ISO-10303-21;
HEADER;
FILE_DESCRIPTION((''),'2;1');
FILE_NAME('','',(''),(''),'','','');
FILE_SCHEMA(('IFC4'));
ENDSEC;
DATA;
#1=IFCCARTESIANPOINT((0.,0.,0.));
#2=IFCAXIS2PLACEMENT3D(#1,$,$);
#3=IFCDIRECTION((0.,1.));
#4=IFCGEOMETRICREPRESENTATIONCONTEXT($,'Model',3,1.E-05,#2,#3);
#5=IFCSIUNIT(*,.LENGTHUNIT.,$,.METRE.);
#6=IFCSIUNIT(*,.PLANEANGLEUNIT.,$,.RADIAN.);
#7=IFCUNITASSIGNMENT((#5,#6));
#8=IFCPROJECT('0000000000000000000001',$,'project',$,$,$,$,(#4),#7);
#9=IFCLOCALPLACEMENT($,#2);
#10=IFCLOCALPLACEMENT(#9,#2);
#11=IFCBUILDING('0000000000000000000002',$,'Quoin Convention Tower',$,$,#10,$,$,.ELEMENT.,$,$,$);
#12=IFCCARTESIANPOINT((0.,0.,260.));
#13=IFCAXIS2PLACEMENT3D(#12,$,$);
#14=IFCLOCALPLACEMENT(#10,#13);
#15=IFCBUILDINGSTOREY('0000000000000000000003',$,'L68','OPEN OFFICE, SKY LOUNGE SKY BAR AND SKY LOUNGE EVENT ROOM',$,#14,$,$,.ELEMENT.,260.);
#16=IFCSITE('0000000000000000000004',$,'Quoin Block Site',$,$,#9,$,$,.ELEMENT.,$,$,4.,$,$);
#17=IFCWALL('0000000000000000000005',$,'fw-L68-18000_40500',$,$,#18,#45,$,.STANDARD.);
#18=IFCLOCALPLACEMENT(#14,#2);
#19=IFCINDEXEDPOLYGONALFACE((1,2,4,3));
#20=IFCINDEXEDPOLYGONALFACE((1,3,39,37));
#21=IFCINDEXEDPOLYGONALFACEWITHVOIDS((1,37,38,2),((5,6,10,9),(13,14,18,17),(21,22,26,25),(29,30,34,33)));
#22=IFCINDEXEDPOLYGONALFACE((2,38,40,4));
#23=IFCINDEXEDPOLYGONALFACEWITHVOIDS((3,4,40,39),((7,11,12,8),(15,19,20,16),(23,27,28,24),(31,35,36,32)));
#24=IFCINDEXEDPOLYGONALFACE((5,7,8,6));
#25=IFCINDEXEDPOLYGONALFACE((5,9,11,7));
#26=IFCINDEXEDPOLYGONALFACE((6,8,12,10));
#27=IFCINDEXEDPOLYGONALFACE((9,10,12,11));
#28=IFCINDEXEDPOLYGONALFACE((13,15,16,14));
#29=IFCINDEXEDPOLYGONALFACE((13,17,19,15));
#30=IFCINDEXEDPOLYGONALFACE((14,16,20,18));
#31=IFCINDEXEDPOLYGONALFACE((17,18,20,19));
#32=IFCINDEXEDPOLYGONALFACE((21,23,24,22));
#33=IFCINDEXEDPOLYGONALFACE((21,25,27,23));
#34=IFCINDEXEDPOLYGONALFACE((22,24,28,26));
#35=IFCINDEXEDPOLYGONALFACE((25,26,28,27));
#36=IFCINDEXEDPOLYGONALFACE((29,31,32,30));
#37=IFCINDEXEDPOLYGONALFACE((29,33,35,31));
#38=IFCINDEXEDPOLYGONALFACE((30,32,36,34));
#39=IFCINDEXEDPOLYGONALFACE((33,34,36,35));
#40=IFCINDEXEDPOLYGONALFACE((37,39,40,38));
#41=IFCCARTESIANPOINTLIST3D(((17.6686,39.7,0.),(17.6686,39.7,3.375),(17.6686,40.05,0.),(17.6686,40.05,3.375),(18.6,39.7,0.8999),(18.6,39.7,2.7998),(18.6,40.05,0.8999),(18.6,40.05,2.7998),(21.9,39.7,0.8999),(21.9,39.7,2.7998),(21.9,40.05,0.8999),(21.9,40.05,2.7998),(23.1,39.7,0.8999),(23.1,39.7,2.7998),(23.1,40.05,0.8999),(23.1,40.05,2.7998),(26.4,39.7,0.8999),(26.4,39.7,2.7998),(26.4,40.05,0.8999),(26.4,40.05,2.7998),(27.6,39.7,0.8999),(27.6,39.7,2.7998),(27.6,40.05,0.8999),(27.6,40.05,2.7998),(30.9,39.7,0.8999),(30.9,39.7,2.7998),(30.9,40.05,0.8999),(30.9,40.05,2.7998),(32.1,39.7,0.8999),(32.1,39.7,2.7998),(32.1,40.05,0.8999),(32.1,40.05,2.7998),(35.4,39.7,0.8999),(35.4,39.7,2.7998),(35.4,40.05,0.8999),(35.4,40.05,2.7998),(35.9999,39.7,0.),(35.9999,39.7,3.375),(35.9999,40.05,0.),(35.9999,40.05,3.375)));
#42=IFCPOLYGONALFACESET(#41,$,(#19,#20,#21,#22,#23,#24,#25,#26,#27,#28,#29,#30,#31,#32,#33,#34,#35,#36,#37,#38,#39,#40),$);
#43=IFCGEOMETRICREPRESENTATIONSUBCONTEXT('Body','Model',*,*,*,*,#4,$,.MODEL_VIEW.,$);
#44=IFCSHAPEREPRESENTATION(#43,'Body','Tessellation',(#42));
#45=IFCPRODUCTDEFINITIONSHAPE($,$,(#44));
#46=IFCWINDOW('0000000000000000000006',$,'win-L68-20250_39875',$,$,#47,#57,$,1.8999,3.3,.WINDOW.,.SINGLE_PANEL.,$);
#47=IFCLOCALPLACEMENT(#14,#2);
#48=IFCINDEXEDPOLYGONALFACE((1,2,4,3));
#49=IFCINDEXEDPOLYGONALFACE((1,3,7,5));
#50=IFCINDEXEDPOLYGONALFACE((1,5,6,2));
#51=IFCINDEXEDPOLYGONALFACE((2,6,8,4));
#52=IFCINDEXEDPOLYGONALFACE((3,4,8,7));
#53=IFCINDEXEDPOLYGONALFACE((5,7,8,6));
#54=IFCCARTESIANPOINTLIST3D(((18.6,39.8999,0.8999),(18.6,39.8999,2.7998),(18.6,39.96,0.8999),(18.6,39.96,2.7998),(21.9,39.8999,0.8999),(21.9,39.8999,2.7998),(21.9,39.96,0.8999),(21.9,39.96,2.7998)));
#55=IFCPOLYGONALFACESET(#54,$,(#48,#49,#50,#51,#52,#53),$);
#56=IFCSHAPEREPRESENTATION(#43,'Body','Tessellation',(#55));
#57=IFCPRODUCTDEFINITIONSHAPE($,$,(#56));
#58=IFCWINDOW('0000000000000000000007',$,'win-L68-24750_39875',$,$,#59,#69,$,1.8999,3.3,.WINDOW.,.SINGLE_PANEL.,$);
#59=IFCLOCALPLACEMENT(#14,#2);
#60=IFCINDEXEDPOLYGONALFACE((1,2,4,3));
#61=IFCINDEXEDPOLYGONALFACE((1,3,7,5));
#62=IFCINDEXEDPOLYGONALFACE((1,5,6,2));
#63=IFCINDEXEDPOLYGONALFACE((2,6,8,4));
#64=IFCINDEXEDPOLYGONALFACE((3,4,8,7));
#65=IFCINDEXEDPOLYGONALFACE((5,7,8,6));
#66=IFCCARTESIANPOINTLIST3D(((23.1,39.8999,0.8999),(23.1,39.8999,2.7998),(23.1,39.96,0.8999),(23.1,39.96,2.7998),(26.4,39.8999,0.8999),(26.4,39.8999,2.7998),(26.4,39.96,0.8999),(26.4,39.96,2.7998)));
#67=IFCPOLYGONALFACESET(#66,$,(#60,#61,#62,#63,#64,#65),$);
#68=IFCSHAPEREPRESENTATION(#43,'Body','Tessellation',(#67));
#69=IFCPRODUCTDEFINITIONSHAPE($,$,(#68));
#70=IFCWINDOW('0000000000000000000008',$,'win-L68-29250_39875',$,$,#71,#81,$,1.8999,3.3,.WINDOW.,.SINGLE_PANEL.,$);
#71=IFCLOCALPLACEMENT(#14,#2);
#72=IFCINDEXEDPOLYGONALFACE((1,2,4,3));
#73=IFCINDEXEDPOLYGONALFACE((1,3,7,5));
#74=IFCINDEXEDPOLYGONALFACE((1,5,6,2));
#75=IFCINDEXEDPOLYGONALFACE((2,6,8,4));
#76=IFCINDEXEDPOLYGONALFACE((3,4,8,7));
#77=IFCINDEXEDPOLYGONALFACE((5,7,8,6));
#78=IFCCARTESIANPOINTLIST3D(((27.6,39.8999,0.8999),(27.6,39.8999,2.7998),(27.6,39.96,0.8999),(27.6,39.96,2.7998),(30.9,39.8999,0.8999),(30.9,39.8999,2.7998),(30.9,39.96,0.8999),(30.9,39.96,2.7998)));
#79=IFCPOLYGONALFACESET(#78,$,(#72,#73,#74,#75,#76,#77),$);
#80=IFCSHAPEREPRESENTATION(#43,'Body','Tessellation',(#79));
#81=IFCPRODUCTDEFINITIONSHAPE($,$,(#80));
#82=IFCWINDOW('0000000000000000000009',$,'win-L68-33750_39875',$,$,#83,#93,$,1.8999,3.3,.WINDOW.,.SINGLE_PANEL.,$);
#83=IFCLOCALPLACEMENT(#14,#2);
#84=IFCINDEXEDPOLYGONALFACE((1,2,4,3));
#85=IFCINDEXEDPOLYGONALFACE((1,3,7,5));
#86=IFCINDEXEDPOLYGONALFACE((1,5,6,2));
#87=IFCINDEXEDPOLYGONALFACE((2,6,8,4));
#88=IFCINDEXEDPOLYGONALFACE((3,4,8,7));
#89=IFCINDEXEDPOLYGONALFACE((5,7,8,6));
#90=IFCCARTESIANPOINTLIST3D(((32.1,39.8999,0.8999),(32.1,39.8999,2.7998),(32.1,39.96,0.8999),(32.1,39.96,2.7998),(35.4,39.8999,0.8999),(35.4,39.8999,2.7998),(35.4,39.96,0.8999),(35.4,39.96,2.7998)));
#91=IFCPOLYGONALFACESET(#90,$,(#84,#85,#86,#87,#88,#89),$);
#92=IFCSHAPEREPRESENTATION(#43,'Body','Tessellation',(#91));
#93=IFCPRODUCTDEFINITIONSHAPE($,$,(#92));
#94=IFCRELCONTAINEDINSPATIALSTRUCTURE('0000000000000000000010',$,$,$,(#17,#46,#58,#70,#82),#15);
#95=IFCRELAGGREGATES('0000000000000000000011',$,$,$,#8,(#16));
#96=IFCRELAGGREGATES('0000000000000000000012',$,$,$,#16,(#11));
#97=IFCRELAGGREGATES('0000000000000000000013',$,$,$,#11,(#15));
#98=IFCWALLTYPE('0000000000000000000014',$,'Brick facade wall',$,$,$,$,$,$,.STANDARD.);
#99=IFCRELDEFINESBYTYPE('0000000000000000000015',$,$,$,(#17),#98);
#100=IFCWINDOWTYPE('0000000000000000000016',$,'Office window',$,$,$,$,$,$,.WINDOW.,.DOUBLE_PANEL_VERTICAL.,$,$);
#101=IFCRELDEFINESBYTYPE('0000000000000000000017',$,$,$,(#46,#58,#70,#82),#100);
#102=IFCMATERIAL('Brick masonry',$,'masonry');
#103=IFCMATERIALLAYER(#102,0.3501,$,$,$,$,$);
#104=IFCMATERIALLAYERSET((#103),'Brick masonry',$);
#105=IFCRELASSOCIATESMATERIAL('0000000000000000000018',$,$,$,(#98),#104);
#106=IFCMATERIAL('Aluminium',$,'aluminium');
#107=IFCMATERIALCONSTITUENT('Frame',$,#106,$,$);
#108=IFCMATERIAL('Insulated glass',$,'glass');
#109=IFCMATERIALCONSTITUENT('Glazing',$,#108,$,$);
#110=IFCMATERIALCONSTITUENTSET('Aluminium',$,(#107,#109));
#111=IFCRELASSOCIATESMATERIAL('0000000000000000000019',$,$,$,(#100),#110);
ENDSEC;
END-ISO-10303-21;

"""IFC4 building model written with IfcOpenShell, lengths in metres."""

from ifc_helpers import new_model, si_unit, direction, frame, frame_2d, origin, place, context, subcontext, project, spatial, rectangle, extrude, material, layer, layer_set, constituent, constituent_set, type_object, element, fill, save


model = new_model("IFC4")

# Units and contexts
model_context = context("Model", 3, precision=1e-05, world=origin(), true_north=direction((0.0, 1.0)))
body_context = subcontext(model_context, "Body", "Model", "MODEL_VIEW")
ifc_project = project(units=[si_unit("LENGTHUNIT", "METRE"), si_unit("PLANEANGLEUNIT", "RADIAN")], contexts=[model_context])

# Site, building, storey
site_placement = place(None, origin())
site = spatial("IfcSite", under=ifc_project, at=site_placement, Name="Quoin Block Site", CompositionType="ELEMENT", RefElevation=4.0)
building_placement = place(site_placement, origin())
building = spatial("IfcBuilding", under=site, at=building_placement, Name="Quoin Convention Tower", CompositionType="ELEMENT")
storey_placement = place(building_placement, frame((0.0, 0.0, 260.0)))
storey = spatial("IfcBuildingStorey", under=building, at=storey_placement, Name="L68", Description="OPEN OFFICE, SKY LOUNGE SKY BAR AND SKY LOUNGE EVENT ROOM", CompositionType="ELEMENT", Elevation=260.0)

# Wall, openings, windows
ifc_material_1 = material(Name="Brick masonry", Category="masonry")
ifc_layer_1 = layer(ifc_material_1, 0.3501)
ifc_layer_set_1 = layer_set([ifc_layer_1], Name="Brick masonry")
wall_type = type_object("IfcWallType", Name="Brick facade wall", PredefinedType="STANDARD", material=ifc_layer_set_1)
wall_placement = place(storey_placement, frame((17.6687, 39.875, 0.0), z_axis=(0.0, 0.0, 1.0), x_axis=(1.0, 0.0, 0.0)))
wall = element("IfcWall", 1, at=wall_placement, inside=storey, type_object=wall_type, Name="fw-L68-18000_40500", PredefinedType="STANDARD", context=body_context, shape_type="SweptSolid", body=[
    extrude(rectangle(XDim=18.3313, YDim=0.3501, at=frame_2d((9.1655, 0.0))), origin(), (0.0, 0.0, 1.0), 3.375),
])
opening_1_placement = place(wall_placement, frame((0.9314, 0.0, 0.8999)))
opening_1 = element("IfcOpeningElement", 2, at=opening_1_placement, cuts=wall, PredefinedType="OPENING", context=body_context, shape_type="SweptSolid", body=[
    extrude(rectangle(XDim=3.3, YDim=1.8999, at=frame_2d((1.6499, 0.95))), frame((0.0, 0.1851, 0.0), z_axis=(0.0, -1.0, 0.0), x_axis=(1.0, 0.0, 0.0)), (0.0, 0.0, 1.0), 0.3701),
])
opening_2_placement = place(wall_placement, frame((5.4314, 0.0, 0.8999)))
opening_2 = element("IfcOpeningElement", 3, at=opening_2_placement, cuts=wall, PredefinedType="OPENING", context=body_context, shape_type="SweptSolid", body=[
    extrude(rectangle(XDim=3.3, YDim=1.8999, at=frame_2d((1.6499, 0.95))), frame((0.0, 0.1851, 0.0), z_axis=(0.0, -1.0, 0.0), x_axis=(1.0, 0.0, 0.0)), (0.0, 0.0, 1.0), 0.3701),
])
opening_3_placement = place(wall_placement, frame((9.9314, 0.0, 0.8999)))
opening_3 = element("IfcOpeningElement", 4, at=opening_3_placement, cuts=wall, PredefinedType="OPENING", context=body_context, shape_type="SweptSolid", body=[
    extrude(rectangle(XDim=3.3, YDim=1.8999, at=frame_2d((1.6499, 0.95))), frame((0.0, 0.1851, 0.0), z_axis=(0.0, -1.0, 0.0), x_axis=(1.0, 0.0, 0.0)), (0.0, 0.0, 1.0), 0.3701),
])
opening_4_placement = place(wall_placement, frame((14.4314, 0.0, 0.8999)))
opening_4 = element("IfcOpeningElement", 5, at=opening_4_placement, cuts=wall, PredefinedType="OPENING", context=body_context, shape_type="SweptSolid", body=[
    extrude(rectangle(XDim=3.3, YDim=1.8999, at=frame_2d((1.6499, 0.95))), frame((0.0, 0.1851, 0.0), z_axis=(0.0, -1.0, 0.0), x_axis=(1.0, 0.0, 0.0)), (0.0, 0.0, 1.0), 0.3701),
])
ifc_material_2 = material(Name="Aluminium", Category="aluminium")
ifc_constituent_1 = constituent(ifc_material_2, Name="Frame")
ifc_material_3 = material(Name="Insulated glass", Category="glass")
ifc_constituent_2 = constituent(ifc_material_3, Name="Glazing")
ifc_constituent_set = constituent_set(constituents=[ifc_constituent_1, ifc_constituent_2], Name="Aluminium")
window_type = type_object("IfcWindowType", Name="Office window", PartitioningType="DOUBLE_PANEL_VERTICAL", PredefinedType="WINDOW", material=ifc_constituent_set)
window_1_placement = place(opening_1_placement, origin())
window_1 = element("IfcWindow", 6, at=window_1_placement, inside=storey, type_object=window_type, Name="win-L68-20250_39875", OverallHeight=1.8999, OverallWidth=3.3, PartitioningType="SINGLE_PANEL", PredefinedType="WINDOW", context=body_context, shape_type="SweptSolid", body=[
    extrude(rectangle(XDim=3.3, YDim=1.8999, at=frame_2d((1.6499, 0.95))), frame((0.0, 0.085, 0.0), z_axis=(0.0, -1.0, 0.0), x_axis=(1.0, 0.0, 0.0)), (0.0, 0.0, 1.0), 0.0601),
])
fill(opening_1, window_1)
window_2_placement = place(opening_2_placement, origin())
window_2 = element("IfcWindow", 7, at=window_2_placement, inside=storey, type_object=window_type, Name="win-L68-24750_39875", OverallHeight=1.8999, OverallWidth=3.3, PartitioningType="SINGLE_PANEL", PredefinedType="WINDOW", context=body_context, shape_type="SweptSolid", body=[
    extrude(rectangle(XDim=3.3, YDim=1.8999, at=frame_2d((1.6499, 0.95))), frame((0.0, 0.085, 0.0), z_axis=(0.0, -1.0, 0.0), x_axis=(1.0, 0.0, 0.0)), (0.0, 0.0, 1.0), 0.0601),
])
fill(opening_2, window_2)
window_3_placement = place(opening_3_placement, origin())
window_3 = element("IfcWindow", 8, at=window_3_placement, inside=storey, type_object=window_type, Name="win-L68-29250_39875", OverallHeight=1.8999, OverallWidth=3.3, PartitioningType="SINGLE_PANEL", PredefinedType="WINDOW", context=body_context, shape_type="SweptSolid", body=[
    extrude(rectangle(XDim=3.3, YDim=1.8999, at=frame_2d((1.6499, 0.95))), frame((0.0, 0.085, 0.0), z_axis=(0.0, -1.0, 0.0), x_axis=(1.0, 0.0, 0.0)), (0.0, 0.0, 1.0), 0.0601),
])
fill(opening_3, window_3)
window_4_placement = place(opening_4_placement, origin())
window_4 = element("IfcWindow", 9, at=window_4_placement, inside=storey, type_object=window_type, Name="win-L68-33750_39875", OverallHeight=1.8999, OverallWidth=3.3, PartitioningType="SINGLE_PANEL", PredefinedType="WINDOW", context=body_context, shape_type="SweptSolid", body=[
    extrude(rectangle(XDim=3.3, YDim=1.8999, at=frame_2d((1.6499, 0.95))), frame((0.0, 0.085, 0.0), z_axis=(0.0, -1.0, 0.0), x_axis=(1.0, 0.0, 0.0)), (0.0, 0.0, 1.0), 0.0601),
])
fill(opening_4, window_4)

save(model, "model.ifc")
